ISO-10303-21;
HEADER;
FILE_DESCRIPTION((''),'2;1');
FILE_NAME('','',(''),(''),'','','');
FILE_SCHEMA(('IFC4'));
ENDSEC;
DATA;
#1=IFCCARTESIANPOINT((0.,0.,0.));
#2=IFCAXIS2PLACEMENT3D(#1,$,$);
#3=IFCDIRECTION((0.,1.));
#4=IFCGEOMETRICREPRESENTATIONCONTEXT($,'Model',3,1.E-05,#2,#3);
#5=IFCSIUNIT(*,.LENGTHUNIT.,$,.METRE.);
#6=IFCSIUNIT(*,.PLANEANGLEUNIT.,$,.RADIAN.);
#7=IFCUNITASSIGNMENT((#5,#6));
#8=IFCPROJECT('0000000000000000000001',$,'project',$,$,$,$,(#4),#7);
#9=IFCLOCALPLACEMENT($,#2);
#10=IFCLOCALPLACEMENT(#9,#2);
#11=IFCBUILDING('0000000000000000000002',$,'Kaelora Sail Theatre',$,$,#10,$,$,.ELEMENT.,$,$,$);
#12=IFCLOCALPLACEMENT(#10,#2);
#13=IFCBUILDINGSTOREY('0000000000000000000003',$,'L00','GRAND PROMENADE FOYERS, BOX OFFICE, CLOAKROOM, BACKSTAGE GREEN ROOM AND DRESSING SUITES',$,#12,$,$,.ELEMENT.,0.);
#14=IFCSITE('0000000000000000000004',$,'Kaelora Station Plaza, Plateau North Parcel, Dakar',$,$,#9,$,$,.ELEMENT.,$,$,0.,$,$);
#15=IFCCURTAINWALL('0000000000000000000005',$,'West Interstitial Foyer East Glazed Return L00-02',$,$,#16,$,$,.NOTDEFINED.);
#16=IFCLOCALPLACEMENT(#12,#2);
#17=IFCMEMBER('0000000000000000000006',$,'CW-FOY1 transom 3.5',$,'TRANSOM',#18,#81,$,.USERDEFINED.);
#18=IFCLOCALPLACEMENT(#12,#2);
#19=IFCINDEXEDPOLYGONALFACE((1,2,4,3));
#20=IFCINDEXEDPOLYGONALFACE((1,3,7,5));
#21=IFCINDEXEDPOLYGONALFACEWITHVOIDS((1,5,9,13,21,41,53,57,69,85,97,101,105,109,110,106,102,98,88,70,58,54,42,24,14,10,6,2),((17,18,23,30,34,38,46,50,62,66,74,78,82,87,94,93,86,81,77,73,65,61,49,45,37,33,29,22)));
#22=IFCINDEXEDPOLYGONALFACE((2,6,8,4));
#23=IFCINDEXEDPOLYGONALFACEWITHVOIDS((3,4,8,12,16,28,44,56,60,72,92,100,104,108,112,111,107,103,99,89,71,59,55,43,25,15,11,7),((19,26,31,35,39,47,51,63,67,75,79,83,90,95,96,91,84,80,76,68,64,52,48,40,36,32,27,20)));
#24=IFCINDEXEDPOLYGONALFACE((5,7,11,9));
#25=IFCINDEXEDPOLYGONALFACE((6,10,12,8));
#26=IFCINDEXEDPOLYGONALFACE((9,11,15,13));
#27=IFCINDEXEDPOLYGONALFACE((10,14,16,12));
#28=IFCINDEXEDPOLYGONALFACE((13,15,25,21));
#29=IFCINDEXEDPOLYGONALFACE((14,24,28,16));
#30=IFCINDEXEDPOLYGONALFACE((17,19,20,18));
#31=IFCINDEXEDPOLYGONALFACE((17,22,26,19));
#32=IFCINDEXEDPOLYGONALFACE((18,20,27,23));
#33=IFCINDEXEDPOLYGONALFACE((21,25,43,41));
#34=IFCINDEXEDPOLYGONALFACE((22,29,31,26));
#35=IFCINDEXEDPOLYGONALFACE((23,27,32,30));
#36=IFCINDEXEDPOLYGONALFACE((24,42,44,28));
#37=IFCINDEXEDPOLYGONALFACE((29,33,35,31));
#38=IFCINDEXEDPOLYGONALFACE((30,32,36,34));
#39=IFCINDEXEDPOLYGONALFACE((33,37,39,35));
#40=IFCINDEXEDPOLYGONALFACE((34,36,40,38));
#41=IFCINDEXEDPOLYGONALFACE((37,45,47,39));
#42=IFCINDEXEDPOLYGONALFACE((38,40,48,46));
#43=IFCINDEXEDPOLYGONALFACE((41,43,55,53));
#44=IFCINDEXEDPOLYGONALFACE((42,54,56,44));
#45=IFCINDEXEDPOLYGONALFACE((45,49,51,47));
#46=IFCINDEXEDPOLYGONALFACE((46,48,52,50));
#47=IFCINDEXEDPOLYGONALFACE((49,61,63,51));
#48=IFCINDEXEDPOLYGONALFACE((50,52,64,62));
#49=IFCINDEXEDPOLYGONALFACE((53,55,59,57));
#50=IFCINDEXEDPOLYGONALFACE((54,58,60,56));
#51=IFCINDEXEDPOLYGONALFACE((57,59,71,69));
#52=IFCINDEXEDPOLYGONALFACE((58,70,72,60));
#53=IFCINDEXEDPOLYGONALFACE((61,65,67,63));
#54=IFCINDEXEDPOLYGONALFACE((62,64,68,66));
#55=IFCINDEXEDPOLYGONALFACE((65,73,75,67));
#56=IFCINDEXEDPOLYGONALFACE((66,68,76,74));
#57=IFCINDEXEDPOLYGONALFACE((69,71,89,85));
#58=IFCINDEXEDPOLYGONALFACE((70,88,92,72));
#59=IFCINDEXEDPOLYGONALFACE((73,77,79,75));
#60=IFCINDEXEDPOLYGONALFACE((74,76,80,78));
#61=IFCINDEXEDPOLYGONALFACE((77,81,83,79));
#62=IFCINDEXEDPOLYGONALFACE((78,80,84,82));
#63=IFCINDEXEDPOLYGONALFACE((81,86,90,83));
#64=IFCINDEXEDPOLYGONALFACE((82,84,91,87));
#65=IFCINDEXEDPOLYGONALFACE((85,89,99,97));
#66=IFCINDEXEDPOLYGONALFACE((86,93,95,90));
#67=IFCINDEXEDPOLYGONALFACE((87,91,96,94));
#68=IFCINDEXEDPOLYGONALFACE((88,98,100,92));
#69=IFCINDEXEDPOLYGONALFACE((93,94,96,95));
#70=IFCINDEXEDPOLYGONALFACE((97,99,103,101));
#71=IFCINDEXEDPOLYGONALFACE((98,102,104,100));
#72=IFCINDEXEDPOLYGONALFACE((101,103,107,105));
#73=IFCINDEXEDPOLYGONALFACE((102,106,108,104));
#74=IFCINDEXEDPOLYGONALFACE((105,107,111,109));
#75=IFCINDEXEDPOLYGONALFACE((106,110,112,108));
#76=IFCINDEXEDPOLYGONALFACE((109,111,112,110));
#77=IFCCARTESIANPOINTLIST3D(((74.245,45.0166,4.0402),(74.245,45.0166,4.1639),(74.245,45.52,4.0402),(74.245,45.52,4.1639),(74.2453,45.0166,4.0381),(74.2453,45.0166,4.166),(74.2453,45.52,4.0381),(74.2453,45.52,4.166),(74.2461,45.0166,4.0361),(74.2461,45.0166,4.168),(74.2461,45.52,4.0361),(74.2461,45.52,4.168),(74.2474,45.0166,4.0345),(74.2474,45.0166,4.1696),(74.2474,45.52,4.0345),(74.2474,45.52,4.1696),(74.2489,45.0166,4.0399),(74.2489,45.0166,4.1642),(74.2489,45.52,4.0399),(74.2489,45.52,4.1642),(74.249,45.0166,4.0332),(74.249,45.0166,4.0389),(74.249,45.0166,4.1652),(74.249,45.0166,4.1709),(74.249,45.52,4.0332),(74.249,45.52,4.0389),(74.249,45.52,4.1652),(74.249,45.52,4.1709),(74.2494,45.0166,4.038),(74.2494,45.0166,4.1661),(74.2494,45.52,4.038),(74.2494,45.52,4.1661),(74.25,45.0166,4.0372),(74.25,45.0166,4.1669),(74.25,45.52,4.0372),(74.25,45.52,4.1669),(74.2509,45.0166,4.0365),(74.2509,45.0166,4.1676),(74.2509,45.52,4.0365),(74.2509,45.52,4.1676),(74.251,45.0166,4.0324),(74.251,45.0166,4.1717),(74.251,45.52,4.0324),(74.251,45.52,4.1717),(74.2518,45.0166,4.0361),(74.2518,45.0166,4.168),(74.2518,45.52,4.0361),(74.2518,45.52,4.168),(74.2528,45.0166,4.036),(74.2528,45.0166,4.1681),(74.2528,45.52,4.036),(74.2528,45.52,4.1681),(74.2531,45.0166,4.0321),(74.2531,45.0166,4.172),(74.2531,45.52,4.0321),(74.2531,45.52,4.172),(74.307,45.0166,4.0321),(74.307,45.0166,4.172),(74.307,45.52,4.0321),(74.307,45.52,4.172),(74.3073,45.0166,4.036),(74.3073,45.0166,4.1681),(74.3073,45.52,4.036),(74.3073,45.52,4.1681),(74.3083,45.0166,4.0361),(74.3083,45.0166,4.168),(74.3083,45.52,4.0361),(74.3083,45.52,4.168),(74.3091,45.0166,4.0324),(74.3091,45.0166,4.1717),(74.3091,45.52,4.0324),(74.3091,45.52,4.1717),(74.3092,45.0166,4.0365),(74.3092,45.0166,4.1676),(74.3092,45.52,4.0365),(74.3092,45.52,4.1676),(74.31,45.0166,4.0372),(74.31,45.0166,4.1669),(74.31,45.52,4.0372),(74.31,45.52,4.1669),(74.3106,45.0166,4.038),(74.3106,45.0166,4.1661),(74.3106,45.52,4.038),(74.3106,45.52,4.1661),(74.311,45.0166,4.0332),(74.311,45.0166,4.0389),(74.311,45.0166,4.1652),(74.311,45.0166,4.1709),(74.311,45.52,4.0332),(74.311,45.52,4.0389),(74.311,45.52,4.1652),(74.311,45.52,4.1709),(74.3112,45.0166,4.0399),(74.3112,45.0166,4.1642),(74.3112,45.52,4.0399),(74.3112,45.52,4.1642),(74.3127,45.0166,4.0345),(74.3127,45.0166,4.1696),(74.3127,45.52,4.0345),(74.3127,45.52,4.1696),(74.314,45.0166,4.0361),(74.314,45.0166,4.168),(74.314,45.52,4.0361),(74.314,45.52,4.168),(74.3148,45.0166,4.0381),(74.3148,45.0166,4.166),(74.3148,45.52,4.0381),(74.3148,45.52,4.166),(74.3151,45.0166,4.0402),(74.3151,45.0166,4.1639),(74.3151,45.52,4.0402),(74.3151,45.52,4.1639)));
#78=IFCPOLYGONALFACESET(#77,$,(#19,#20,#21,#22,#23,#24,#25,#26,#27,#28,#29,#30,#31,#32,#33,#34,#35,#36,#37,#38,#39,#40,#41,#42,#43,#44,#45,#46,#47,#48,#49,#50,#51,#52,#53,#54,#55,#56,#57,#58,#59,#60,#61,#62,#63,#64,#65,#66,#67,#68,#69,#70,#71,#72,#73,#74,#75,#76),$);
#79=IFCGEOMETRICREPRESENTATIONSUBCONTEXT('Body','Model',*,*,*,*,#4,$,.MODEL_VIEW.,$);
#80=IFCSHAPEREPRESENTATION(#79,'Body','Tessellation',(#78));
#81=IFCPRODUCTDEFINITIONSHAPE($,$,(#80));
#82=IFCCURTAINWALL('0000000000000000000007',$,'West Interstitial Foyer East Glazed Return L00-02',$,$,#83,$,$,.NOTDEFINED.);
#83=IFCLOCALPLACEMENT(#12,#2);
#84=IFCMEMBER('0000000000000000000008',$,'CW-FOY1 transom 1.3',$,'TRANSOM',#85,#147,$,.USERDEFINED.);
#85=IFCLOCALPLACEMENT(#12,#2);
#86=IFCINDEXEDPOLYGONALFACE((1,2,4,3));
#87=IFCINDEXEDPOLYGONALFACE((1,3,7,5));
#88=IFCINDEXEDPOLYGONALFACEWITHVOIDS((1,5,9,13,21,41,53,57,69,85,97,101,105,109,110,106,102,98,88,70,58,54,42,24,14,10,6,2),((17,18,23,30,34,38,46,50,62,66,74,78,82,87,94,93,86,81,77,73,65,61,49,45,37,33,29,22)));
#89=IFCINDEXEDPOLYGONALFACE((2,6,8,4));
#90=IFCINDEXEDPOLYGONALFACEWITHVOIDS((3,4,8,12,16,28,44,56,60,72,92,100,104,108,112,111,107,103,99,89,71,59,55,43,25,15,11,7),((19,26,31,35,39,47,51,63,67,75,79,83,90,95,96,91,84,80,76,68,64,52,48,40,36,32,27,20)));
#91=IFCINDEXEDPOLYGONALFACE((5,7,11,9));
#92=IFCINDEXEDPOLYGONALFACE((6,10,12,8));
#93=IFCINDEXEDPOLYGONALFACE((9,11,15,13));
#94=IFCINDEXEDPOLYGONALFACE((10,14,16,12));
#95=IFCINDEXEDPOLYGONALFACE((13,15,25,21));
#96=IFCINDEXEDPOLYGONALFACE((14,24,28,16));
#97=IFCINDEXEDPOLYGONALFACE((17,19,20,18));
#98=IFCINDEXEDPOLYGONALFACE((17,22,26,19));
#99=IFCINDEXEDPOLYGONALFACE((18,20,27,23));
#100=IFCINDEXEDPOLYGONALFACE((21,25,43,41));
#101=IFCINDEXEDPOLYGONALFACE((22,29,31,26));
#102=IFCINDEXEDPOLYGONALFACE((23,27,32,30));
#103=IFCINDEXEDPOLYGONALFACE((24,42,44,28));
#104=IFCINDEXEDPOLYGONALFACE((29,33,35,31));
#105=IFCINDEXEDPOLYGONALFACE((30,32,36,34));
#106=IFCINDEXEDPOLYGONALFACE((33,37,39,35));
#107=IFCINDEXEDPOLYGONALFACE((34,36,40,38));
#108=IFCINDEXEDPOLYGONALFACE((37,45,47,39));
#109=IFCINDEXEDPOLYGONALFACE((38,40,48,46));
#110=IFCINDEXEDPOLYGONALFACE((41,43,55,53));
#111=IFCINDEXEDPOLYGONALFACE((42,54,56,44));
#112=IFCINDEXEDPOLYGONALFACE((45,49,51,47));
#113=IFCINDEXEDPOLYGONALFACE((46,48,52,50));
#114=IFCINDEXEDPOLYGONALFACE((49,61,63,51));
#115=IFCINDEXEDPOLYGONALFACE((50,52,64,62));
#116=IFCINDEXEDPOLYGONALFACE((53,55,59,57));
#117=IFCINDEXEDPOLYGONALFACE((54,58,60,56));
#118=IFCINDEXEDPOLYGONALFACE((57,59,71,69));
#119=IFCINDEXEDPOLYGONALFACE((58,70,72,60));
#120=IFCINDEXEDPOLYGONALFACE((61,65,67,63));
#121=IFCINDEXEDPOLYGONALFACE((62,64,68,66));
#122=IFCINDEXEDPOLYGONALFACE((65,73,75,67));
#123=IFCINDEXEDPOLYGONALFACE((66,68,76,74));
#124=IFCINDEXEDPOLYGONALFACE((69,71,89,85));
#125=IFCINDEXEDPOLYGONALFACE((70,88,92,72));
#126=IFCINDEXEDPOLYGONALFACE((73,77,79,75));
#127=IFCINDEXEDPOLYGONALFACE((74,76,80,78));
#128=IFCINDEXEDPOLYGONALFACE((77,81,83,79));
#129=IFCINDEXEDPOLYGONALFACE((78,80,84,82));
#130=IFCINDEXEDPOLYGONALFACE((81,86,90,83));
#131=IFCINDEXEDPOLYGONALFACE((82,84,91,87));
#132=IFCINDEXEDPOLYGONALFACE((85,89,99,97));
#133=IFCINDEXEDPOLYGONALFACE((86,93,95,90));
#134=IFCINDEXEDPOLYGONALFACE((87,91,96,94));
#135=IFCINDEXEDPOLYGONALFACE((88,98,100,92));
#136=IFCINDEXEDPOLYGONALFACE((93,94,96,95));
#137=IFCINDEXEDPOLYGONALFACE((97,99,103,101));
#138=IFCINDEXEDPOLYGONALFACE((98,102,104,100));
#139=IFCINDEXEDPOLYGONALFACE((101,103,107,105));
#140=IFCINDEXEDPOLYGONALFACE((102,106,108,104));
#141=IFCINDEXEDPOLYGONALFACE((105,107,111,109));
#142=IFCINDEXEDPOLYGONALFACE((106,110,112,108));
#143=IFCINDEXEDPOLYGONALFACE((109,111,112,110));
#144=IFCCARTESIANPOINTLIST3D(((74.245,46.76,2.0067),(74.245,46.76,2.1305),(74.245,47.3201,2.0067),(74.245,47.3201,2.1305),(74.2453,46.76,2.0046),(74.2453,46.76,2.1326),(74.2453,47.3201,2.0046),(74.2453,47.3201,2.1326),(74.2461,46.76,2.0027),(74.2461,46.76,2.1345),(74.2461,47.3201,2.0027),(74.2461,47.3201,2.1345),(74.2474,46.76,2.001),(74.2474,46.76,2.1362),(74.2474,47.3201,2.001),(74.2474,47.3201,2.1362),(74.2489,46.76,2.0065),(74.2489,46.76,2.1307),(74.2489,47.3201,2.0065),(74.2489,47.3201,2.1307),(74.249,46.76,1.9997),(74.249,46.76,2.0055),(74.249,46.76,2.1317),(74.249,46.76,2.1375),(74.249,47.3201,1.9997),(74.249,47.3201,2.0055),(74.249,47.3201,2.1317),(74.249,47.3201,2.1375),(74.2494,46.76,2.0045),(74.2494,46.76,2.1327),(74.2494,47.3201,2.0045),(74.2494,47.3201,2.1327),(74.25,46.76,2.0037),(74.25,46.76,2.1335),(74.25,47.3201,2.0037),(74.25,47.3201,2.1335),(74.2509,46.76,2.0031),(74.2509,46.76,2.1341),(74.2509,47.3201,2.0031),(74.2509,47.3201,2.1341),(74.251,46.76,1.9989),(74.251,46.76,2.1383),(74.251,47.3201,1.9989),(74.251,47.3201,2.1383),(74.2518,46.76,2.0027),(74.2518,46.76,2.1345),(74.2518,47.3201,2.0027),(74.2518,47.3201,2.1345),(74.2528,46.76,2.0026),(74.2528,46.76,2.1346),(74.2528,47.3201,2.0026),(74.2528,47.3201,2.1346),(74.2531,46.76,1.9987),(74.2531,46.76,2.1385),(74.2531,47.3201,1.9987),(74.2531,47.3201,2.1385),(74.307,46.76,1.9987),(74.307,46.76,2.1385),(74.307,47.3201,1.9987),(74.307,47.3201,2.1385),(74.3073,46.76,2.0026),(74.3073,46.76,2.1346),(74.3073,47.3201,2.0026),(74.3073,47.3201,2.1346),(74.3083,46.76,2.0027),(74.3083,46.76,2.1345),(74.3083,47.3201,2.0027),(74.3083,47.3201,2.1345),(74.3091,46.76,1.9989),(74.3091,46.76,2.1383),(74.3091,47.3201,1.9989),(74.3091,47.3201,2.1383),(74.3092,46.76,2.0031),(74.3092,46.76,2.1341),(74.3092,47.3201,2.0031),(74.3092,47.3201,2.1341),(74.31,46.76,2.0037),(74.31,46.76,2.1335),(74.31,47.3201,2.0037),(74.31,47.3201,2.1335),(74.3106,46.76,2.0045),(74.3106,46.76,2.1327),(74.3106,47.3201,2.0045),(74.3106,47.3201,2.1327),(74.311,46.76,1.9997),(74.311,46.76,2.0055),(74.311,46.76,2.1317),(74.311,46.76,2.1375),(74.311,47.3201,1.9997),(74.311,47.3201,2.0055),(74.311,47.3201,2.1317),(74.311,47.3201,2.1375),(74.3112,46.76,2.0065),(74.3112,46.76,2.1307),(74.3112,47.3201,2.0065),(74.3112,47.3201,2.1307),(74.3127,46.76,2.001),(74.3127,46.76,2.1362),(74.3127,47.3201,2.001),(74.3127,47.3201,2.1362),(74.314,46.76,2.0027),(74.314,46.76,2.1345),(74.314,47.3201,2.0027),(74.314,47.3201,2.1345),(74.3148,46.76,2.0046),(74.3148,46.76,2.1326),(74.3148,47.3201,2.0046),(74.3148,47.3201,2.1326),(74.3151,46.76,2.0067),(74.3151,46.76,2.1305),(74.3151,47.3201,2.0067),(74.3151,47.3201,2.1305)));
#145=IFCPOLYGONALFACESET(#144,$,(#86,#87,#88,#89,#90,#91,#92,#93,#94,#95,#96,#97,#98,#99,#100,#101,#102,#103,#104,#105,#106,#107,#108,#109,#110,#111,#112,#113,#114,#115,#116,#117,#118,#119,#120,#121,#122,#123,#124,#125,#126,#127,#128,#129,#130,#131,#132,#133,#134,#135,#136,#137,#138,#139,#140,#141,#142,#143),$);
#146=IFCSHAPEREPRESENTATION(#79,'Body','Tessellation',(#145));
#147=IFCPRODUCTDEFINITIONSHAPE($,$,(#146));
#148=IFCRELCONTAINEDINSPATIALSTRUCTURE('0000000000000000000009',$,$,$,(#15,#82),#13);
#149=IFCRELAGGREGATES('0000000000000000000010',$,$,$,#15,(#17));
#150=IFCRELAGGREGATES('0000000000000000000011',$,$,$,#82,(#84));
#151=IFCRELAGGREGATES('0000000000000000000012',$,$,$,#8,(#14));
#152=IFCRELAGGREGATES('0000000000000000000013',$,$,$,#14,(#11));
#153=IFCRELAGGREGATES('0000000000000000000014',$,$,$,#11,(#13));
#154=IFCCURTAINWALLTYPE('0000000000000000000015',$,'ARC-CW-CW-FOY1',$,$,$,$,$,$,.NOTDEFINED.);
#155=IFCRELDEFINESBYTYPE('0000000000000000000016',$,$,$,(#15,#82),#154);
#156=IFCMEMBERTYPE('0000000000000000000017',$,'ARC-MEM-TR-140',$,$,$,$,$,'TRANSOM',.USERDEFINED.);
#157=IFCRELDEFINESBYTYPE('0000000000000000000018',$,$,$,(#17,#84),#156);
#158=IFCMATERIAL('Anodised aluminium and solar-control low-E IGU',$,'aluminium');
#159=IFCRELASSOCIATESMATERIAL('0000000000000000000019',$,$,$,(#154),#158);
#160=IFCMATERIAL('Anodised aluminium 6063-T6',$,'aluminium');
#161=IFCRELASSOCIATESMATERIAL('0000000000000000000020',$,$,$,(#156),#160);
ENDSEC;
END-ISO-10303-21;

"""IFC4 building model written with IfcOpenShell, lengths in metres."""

from ifc_helpers import new_model, si_unit, direction, frame, origin, origin_2d, place, context, subcontext, project, spatial, hollow_rectangle, extrude, material, material_profile, profile_set, type_object, element, aggregate, save


model = new_model("IFC4")

# Units and contexts
model_context = context("Model", 3, precision=1e-05, world=origin(), true_north=direction((0.0, 1.0)))
body_context = subcontext(model_context, "Body", "Model", "MODEL_VIEW")
ifc_project = project(units=[si_unit("LENGTHUNIT", "METRE"), si_unit("PLANEANGLEUNIT", "RADIAN")], contexts=[model_context])

# Site, building, storey
site_placement = place(None, origin())
site = spatial("IfcSite", under=ifc_project, at=site_placement, Name="Kaelora Station Plaza, Plateau North Parcel, Dakar", CompositionType="ELEMENT", RefElevation=0.0)
building_placement = place(site_placement, origin())
building = spatial("IfcBuilding", under=site, at=building_placement, Name="Kaelora Sail Theatre", CompositionType="ELEMENT")
storey_placement = place(building_placement, origin())
storey = spatial("IfcBuildingStorey", under=building, at=storey_placement, Name="L00", Description="GRAND PROMENADE FOYERS, BOX OFFICE, CLOAKROOM, BACKSTAGE GREEN ROOM AND DRESSING SUITES", CompositionType="ELEMENT", Elevation=0.0)

# Curtain walls, members
ifc_material_1 = material(Name="Anodised aluminium and solar-control low-E IGU", Category="aluminium")
curtain_wall_type = type_object("IfcCurtainWallType", Name="ARC-CW-CW-FOY1", PredefinedType="NOTDEFINED", material=ifc_material_1)
curtain_wall_1_placement = place(storey_placement, origin())
curtain_wall_1 = element("IfcCurtainWall", 1, at=curtain_wall_1_placement, inside=storey, type_object=curtain_wall_type, Name="West Interstitial Foyer East Glazed Return L00-02", PredefinedType="NOTDEFINED")
ifc_material_2 = material(Name="Anodised aluminium 6063-T6", Category="aluminium")
ifc_material_profile = material_profile(ifc_material_2, hollow_rectangle(XDim=0.0701, YDim=0.1399, WallThickness=0.0039, InnerFilletRadius=0.0039, OuterFilletRadius=0.0081, at=origin_2d()), Name="ALU-TRAN 70x140x4")
ifc_profile_set = profile_set([ifc_material_profile], Name="Anodised aluminium 6063-T6")
member_type = type_object("IfcMemberType", Name="ARC-MEM-TR-140", ElementType="TRANSOM", PredefinedType="USERDEFINED", material=ifc_profile_set)
member_1_placement = place(storey_placement, frame((74.28, 45.0166, 4.1021), z_axis=(0.0, 1.0, 0.0), x_axis=(-1.0, 0.0, 0.0)))
member_1 = element("IfcMember", 2, at=member_1_placement, type_object=member_type, Name="CW-FOY1 transom 3.5", ObjectType="TRANSOM", PredefinedType="USERDEFINED", context=body_context, shape_type="SweptSolid", body=[
    extrude(hollow_rectangle(XDim=0.0701, YDim=0.1399, WallThickness=0.0039, InnerFilletRadius=0.0039, OuterFilletRadius=0.0081, at=origin_2d()), origin(), (0.0, 0.0, 1.0), 0.5034),
])
curtain_wall_2_placement = place(storey_placement, origin())
curtain_wall_2 = element("IfcCurtainWall", 3, at=curtain_wall_2_placement, inside=storey, type_object=curtain_wall_type, Name="West Interstitial Foyer East Glazed Return L00-02", PredefinedType="NOTDEFINED")
member_2_placement = place(storey_placement, frame((74.28, 46.76, 2.0686), z_axis=(0.0, 1.0, 0.0), x_axis=(-1.0, 0.0, 0.0)))
member_2 = element("IfcMember", 4, at=member_2_placement, type_object=member_type, Name="CW-FOY1 transom 1.3", ObjectType="TRANSOM", PredefinedType="USERDEFINED", context=body_context, shape_type="SweptSolid", body=[
    extrude(hollow_rectangle(XDim=0.0701, YDim=0.1399, WallThickness=0.0039, InnerFilletRadius=0.0039, OuterFilletRadius=0.0081, at=origin_2d()), origin(), (0.0, 0.0, 1.0), 0.5601),
])

aggregate(curtain_wall_1, [member_1])
aggregate(curtain_wall_2, [member_2])

save(model, "model.ifc")
